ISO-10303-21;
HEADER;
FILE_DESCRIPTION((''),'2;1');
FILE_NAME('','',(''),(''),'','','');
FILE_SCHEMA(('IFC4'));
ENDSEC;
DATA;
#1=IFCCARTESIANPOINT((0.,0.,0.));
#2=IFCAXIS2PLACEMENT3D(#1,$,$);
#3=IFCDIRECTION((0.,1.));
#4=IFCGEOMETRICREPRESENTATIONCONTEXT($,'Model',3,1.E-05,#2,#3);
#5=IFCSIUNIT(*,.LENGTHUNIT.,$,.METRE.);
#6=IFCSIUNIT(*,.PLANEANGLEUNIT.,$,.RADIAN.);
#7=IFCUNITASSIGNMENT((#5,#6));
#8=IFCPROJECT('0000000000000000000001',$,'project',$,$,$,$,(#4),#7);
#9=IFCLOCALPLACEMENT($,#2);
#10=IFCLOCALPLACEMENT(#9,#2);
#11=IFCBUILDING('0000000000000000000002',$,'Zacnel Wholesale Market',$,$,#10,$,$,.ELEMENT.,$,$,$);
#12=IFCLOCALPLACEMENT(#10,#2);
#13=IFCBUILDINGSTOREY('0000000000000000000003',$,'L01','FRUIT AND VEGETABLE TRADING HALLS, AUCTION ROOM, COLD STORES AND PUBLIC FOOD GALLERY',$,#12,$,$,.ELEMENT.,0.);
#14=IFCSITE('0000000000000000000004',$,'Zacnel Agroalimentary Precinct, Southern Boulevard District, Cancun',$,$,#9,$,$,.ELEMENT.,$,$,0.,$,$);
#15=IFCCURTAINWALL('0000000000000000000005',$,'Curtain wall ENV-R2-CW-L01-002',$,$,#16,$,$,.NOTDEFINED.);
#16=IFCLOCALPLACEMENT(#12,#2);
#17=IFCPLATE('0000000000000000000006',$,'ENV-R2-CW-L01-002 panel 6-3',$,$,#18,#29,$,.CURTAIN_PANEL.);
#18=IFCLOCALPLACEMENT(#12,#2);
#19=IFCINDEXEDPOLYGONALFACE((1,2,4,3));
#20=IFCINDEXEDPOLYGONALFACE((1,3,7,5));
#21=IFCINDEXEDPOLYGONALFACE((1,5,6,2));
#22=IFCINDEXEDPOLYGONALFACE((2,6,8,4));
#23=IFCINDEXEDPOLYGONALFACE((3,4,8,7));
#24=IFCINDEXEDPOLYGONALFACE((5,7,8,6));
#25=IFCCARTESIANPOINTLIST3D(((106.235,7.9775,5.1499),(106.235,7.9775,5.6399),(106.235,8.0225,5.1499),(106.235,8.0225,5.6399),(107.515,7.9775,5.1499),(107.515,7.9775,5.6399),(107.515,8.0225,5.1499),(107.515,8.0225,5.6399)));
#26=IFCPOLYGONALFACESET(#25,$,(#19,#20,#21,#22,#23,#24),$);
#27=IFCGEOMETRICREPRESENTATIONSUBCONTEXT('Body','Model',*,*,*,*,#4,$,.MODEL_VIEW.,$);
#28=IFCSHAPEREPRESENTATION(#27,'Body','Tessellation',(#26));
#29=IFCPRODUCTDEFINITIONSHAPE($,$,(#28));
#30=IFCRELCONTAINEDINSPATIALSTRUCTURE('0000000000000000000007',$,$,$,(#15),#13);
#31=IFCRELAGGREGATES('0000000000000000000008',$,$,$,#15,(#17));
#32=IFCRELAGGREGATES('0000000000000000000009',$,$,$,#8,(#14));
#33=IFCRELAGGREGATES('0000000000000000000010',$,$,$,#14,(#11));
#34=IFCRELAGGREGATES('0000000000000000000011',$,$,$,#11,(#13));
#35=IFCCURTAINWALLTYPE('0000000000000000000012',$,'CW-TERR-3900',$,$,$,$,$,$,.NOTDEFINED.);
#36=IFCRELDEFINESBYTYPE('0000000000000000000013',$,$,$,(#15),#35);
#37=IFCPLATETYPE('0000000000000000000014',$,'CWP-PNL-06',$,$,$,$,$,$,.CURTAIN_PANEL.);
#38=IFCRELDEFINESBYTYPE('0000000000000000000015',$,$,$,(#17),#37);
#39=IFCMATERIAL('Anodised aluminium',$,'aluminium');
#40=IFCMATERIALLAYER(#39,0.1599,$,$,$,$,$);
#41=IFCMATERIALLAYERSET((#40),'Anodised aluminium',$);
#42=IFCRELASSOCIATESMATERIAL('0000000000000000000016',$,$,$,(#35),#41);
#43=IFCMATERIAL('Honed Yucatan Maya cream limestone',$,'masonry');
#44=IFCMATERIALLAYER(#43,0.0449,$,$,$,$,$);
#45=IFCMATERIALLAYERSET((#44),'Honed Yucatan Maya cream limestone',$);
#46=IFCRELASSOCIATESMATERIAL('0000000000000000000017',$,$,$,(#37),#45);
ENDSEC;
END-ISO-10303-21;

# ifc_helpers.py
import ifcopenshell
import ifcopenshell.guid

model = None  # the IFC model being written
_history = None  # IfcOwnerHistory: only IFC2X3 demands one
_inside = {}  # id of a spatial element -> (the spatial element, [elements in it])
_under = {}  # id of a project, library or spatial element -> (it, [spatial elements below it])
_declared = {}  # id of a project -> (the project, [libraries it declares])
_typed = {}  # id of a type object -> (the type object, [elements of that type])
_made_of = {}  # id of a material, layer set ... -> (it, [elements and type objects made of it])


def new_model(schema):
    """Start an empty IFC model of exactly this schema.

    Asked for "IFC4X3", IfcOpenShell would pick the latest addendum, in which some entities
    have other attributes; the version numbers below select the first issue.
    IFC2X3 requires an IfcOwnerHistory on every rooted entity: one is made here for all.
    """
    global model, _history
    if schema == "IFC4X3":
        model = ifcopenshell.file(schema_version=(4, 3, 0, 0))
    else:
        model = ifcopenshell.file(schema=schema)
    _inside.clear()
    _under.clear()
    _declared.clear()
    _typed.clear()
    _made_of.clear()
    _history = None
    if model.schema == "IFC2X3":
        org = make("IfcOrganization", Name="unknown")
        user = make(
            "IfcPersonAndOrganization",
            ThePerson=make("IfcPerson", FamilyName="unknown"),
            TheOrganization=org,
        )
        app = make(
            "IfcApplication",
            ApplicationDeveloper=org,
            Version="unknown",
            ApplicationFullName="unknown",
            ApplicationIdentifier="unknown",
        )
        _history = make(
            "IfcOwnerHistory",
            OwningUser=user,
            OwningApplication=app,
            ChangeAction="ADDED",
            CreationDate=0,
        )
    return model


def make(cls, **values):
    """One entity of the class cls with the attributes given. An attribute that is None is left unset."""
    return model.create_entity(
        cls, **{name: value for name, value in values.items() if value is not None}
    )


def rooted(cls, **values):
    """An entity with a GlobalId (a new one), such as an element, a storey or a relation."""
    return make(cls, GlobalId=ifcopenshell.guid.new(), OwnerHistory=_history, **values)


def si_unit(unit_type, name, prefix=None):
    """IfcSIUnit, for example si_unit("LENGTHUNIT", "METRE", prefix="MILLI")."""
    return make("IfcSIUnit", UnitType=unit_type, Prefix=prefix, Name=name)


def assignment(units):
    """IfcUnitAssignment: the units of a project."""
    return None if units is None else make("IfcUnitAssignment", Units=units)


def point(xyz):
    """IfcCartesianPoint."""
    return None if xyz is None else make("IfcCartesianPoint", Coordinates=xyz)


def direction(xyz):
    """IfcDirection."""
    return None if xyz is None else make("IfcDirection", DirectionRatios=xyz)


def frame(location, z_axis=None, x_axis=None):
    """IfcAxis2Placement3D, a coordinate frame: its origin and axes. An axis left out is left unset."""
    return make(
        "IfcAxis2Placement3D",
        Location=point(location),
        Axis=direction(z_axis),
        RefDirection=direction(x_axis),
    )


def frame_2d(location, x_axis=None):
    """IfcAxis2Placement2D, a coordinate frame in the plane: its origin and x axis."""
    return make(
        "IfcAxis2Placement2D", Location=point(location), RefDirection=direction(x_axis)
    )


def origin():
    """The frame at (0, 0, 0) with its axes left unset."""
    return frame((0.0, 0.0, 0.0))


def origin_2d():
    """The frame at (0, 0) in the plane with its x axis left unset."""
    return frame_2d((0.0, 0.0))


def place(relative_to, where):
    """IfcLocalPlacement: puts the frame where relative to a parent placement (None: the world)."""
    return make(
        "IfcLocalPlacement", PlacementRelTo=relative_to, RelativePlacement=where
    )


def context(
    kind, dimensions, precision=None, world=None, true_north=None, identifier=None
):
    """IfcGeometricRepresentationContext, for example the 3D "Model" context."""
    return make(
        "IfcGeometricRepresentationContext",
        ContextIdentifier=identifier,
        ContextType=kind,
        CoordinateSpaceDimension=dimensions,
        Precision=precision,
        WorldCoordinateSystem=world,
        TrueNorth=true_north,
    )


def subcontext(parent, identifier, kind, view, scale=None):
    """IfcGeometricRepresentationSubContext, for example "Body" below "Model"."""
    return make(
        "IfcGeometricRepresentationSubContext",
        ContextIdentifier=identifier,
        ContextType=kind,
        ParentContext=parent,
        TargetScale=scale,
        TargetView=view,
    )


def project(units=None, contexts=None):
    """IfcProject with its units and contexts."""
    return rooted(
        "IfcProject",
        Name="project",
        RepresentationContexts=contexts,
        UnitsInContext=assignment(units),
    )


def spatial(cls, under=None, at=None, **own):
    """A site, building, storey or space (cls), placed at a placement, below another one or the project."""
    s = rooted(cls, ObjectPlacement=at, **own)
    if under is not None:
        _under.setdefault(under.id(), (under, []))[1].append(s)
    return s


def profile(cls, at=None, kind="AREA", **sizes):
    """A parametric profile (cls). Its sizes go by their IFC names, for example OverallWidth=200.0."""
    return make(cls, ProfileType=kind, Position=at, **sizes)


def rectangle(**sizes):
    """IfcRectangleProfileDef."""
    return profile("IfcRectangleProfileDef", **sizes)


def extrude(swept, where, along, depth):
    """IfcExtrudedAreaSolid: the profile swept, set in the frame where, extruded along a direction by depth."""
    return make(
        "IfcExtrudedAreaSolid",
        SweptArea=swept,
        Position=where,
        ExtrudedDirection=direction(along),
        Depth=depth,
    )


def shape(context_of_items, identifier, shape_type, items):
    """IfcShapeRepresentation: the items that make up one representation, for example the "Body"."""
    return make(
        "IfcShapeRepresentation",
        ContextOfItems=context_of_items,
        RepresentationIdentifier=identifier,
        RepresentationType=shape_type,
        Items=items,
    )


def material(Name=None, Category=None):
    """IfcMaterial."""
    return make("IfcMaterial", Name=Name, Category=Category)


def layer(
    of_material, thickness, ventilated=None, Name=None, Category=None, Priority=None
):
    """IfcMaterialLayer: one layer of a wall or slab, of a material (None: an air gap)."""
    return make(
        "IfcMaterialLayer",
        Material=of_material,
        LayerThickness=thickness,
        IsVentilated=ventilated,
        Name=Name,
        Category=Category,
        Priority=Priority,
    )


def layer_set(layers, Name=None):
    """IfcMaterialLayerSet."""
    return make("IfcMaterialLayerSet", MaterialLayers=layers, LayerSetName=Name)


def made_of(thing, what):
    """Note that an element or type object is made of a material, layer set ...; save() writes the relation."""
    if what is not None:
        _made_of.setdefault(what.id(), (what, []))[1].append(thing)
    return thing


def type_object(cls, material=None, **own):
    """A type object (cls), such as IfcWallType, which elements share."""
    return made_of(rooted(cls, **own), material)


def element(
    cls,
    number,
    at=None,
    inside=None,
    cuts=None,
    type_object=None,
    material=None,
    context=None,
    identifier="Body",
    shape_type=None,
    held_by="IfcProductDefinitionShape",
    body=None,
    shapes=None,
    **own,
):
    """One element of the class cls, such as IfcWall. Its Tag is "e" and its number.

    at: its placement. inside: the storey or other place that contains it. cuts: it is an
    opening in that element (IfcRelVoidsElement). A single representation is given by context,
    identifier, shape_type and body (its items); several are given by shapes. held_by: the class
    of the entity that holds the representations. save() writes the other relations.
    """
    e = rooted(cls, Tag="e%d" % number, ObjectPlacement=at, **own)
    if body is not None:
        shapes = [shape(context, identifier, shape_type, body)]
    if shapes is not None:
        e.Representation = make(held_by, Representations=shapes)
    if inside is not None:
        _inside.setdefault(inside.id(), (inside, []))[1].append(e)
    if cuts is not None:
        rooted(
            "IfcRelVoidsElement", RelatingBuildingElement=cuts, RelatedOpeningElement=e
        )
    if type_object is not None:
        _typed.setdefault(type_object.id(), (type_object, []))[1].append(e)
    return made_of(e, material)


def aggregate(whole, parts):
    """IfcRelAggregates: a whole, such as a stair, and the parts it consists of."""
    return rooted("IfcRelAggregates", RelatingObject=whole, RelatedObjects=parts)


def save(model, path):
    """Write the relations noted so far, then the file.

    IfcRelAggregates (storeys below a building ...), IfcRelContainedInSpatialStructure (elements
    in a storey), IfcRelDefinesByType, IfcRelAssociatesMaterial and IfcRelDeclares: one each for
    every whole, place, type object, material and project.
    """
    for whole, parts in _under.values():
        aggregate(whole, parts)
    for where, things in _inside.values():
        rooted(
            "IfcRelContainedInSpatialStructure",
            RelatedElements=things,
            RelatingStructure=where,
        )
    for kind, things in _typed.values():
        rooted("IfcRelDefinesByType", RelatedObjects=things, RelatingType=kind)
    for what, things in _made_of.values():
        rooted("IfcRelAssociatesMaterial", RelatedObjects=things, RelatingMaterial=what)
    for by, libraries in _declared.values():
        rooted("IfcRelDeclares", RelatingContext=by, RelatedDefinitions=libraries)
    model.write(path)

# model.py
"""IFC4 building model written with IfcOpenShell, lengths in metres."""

from ifc_helpers import new_model, si_unit, direction, frame, origin, origin_2d, place, context, subcontext, project, spatial, rectangle, extrude, material, layer, layer_set, type_object, element, aggregate, save


model = new_model("IFC4")

# Units and contexts
model_context = context("Model", 3, precision=1e-05, world=origin(), true_north=direction((0.0, 1.0)))
body_context = subcontext(model_context, "Body", "Model", "MODEL_VIEW")
ifc_project = project(units=[si_unit("LENGTHUNIT", "METRE"), si_unit("PLANEANGLEUNIT", "RADIAN")], contexts=[model_context])

# Site, building, storey
site_placement = place(None, origin())
site = spatial("IfcSite", under=ifc_project, at=site_placement, Name="Zacnel Agroalimentary Precinct, Southern Boulevard District, Cancun", CompositionType="ELEMENT", RefElevation=0.0)
building_placement = place(site_placement, origin())
building = spatial("IfcBuilding", under=site, at=building_placement, Name="Zacnel Wholesale Market", CompositionType="ELEMENT")
storey_placement = place(building_placement, origin())
storey = spatial("IfcBuildingStorey", under=building, at=storey_placement, Name="L01", Description="FRUIT AND VEGETABLE TRADING HALLS, AUCTION ROOM, COLD STORES AND PUBLIC FOOD GALLERY", CompositionType="ELEMENT", Elevation=0.0)

# Curtain wall, plate
ifc_material_1 = material(Name="Anodised aluminium", Category="aluminium")
ifc_layer_1 = layer(ifc_material_1, 0.1599)
ifc_layer_set_1 = layer_set([ifc_layer_1], Name="Anodised aluminium")
curtain_wall_type = type_object("IfcCurtainWallType", Name="CW-TERR-3900", PredefinedType="NOTDEFINED", material=ifc_layer_set_1)
curtain_wall_placement = place(storey_placement, origin())
curtain_wall = element("IfcCurtainWall", 1, at=curtain_wall_placement, inside=storey, type_object=curtain_wall_type, Name="Curtain wall ENV-R2-CW-L01-002", PredefinedType="NOTDEFINED")
ifc_material_2 = material(Name="Honed Yucatan Maya cream limestone", Category="masonry")
ifc_layer_2 = layer(ifc_material_2, 0.0449)
ifc_layer_set_2 = layer_set([ifc_layer_2], Name="Honed Yucatan Maya cream limestone")
plate_type_1 = type_object("IfcPlateType", Name="CWP-PNL-06", PredefinedType="CURTAIN_PANEL", material=ifc_layer_set_2)
plate_1_placement = place(storey_placement, frame((106.875, 8.0, 5.1499), z_axis=(0.0, 0.0, 1.0), x_axis=(1.0, 0.0, 0.0)))
plate_1 = element("IfcPlate", 2, at=plate_1_placement, type_object=plate_type_1, Name="ENV-R2-CW-L01-002 panel 6-3", PredefinedType="CURTAIN_PANEL", context=body_context, shape_type="SweptSolid", body=[
    extrude(rectangle(XDim=1.28, YDim=0.0449, at=origin_2d()), origin(), (0.0, 0.0, 1.0), 0.49),
])
aggregate(curtain_wall, [plate_1])

save(model, "model.ifc")
